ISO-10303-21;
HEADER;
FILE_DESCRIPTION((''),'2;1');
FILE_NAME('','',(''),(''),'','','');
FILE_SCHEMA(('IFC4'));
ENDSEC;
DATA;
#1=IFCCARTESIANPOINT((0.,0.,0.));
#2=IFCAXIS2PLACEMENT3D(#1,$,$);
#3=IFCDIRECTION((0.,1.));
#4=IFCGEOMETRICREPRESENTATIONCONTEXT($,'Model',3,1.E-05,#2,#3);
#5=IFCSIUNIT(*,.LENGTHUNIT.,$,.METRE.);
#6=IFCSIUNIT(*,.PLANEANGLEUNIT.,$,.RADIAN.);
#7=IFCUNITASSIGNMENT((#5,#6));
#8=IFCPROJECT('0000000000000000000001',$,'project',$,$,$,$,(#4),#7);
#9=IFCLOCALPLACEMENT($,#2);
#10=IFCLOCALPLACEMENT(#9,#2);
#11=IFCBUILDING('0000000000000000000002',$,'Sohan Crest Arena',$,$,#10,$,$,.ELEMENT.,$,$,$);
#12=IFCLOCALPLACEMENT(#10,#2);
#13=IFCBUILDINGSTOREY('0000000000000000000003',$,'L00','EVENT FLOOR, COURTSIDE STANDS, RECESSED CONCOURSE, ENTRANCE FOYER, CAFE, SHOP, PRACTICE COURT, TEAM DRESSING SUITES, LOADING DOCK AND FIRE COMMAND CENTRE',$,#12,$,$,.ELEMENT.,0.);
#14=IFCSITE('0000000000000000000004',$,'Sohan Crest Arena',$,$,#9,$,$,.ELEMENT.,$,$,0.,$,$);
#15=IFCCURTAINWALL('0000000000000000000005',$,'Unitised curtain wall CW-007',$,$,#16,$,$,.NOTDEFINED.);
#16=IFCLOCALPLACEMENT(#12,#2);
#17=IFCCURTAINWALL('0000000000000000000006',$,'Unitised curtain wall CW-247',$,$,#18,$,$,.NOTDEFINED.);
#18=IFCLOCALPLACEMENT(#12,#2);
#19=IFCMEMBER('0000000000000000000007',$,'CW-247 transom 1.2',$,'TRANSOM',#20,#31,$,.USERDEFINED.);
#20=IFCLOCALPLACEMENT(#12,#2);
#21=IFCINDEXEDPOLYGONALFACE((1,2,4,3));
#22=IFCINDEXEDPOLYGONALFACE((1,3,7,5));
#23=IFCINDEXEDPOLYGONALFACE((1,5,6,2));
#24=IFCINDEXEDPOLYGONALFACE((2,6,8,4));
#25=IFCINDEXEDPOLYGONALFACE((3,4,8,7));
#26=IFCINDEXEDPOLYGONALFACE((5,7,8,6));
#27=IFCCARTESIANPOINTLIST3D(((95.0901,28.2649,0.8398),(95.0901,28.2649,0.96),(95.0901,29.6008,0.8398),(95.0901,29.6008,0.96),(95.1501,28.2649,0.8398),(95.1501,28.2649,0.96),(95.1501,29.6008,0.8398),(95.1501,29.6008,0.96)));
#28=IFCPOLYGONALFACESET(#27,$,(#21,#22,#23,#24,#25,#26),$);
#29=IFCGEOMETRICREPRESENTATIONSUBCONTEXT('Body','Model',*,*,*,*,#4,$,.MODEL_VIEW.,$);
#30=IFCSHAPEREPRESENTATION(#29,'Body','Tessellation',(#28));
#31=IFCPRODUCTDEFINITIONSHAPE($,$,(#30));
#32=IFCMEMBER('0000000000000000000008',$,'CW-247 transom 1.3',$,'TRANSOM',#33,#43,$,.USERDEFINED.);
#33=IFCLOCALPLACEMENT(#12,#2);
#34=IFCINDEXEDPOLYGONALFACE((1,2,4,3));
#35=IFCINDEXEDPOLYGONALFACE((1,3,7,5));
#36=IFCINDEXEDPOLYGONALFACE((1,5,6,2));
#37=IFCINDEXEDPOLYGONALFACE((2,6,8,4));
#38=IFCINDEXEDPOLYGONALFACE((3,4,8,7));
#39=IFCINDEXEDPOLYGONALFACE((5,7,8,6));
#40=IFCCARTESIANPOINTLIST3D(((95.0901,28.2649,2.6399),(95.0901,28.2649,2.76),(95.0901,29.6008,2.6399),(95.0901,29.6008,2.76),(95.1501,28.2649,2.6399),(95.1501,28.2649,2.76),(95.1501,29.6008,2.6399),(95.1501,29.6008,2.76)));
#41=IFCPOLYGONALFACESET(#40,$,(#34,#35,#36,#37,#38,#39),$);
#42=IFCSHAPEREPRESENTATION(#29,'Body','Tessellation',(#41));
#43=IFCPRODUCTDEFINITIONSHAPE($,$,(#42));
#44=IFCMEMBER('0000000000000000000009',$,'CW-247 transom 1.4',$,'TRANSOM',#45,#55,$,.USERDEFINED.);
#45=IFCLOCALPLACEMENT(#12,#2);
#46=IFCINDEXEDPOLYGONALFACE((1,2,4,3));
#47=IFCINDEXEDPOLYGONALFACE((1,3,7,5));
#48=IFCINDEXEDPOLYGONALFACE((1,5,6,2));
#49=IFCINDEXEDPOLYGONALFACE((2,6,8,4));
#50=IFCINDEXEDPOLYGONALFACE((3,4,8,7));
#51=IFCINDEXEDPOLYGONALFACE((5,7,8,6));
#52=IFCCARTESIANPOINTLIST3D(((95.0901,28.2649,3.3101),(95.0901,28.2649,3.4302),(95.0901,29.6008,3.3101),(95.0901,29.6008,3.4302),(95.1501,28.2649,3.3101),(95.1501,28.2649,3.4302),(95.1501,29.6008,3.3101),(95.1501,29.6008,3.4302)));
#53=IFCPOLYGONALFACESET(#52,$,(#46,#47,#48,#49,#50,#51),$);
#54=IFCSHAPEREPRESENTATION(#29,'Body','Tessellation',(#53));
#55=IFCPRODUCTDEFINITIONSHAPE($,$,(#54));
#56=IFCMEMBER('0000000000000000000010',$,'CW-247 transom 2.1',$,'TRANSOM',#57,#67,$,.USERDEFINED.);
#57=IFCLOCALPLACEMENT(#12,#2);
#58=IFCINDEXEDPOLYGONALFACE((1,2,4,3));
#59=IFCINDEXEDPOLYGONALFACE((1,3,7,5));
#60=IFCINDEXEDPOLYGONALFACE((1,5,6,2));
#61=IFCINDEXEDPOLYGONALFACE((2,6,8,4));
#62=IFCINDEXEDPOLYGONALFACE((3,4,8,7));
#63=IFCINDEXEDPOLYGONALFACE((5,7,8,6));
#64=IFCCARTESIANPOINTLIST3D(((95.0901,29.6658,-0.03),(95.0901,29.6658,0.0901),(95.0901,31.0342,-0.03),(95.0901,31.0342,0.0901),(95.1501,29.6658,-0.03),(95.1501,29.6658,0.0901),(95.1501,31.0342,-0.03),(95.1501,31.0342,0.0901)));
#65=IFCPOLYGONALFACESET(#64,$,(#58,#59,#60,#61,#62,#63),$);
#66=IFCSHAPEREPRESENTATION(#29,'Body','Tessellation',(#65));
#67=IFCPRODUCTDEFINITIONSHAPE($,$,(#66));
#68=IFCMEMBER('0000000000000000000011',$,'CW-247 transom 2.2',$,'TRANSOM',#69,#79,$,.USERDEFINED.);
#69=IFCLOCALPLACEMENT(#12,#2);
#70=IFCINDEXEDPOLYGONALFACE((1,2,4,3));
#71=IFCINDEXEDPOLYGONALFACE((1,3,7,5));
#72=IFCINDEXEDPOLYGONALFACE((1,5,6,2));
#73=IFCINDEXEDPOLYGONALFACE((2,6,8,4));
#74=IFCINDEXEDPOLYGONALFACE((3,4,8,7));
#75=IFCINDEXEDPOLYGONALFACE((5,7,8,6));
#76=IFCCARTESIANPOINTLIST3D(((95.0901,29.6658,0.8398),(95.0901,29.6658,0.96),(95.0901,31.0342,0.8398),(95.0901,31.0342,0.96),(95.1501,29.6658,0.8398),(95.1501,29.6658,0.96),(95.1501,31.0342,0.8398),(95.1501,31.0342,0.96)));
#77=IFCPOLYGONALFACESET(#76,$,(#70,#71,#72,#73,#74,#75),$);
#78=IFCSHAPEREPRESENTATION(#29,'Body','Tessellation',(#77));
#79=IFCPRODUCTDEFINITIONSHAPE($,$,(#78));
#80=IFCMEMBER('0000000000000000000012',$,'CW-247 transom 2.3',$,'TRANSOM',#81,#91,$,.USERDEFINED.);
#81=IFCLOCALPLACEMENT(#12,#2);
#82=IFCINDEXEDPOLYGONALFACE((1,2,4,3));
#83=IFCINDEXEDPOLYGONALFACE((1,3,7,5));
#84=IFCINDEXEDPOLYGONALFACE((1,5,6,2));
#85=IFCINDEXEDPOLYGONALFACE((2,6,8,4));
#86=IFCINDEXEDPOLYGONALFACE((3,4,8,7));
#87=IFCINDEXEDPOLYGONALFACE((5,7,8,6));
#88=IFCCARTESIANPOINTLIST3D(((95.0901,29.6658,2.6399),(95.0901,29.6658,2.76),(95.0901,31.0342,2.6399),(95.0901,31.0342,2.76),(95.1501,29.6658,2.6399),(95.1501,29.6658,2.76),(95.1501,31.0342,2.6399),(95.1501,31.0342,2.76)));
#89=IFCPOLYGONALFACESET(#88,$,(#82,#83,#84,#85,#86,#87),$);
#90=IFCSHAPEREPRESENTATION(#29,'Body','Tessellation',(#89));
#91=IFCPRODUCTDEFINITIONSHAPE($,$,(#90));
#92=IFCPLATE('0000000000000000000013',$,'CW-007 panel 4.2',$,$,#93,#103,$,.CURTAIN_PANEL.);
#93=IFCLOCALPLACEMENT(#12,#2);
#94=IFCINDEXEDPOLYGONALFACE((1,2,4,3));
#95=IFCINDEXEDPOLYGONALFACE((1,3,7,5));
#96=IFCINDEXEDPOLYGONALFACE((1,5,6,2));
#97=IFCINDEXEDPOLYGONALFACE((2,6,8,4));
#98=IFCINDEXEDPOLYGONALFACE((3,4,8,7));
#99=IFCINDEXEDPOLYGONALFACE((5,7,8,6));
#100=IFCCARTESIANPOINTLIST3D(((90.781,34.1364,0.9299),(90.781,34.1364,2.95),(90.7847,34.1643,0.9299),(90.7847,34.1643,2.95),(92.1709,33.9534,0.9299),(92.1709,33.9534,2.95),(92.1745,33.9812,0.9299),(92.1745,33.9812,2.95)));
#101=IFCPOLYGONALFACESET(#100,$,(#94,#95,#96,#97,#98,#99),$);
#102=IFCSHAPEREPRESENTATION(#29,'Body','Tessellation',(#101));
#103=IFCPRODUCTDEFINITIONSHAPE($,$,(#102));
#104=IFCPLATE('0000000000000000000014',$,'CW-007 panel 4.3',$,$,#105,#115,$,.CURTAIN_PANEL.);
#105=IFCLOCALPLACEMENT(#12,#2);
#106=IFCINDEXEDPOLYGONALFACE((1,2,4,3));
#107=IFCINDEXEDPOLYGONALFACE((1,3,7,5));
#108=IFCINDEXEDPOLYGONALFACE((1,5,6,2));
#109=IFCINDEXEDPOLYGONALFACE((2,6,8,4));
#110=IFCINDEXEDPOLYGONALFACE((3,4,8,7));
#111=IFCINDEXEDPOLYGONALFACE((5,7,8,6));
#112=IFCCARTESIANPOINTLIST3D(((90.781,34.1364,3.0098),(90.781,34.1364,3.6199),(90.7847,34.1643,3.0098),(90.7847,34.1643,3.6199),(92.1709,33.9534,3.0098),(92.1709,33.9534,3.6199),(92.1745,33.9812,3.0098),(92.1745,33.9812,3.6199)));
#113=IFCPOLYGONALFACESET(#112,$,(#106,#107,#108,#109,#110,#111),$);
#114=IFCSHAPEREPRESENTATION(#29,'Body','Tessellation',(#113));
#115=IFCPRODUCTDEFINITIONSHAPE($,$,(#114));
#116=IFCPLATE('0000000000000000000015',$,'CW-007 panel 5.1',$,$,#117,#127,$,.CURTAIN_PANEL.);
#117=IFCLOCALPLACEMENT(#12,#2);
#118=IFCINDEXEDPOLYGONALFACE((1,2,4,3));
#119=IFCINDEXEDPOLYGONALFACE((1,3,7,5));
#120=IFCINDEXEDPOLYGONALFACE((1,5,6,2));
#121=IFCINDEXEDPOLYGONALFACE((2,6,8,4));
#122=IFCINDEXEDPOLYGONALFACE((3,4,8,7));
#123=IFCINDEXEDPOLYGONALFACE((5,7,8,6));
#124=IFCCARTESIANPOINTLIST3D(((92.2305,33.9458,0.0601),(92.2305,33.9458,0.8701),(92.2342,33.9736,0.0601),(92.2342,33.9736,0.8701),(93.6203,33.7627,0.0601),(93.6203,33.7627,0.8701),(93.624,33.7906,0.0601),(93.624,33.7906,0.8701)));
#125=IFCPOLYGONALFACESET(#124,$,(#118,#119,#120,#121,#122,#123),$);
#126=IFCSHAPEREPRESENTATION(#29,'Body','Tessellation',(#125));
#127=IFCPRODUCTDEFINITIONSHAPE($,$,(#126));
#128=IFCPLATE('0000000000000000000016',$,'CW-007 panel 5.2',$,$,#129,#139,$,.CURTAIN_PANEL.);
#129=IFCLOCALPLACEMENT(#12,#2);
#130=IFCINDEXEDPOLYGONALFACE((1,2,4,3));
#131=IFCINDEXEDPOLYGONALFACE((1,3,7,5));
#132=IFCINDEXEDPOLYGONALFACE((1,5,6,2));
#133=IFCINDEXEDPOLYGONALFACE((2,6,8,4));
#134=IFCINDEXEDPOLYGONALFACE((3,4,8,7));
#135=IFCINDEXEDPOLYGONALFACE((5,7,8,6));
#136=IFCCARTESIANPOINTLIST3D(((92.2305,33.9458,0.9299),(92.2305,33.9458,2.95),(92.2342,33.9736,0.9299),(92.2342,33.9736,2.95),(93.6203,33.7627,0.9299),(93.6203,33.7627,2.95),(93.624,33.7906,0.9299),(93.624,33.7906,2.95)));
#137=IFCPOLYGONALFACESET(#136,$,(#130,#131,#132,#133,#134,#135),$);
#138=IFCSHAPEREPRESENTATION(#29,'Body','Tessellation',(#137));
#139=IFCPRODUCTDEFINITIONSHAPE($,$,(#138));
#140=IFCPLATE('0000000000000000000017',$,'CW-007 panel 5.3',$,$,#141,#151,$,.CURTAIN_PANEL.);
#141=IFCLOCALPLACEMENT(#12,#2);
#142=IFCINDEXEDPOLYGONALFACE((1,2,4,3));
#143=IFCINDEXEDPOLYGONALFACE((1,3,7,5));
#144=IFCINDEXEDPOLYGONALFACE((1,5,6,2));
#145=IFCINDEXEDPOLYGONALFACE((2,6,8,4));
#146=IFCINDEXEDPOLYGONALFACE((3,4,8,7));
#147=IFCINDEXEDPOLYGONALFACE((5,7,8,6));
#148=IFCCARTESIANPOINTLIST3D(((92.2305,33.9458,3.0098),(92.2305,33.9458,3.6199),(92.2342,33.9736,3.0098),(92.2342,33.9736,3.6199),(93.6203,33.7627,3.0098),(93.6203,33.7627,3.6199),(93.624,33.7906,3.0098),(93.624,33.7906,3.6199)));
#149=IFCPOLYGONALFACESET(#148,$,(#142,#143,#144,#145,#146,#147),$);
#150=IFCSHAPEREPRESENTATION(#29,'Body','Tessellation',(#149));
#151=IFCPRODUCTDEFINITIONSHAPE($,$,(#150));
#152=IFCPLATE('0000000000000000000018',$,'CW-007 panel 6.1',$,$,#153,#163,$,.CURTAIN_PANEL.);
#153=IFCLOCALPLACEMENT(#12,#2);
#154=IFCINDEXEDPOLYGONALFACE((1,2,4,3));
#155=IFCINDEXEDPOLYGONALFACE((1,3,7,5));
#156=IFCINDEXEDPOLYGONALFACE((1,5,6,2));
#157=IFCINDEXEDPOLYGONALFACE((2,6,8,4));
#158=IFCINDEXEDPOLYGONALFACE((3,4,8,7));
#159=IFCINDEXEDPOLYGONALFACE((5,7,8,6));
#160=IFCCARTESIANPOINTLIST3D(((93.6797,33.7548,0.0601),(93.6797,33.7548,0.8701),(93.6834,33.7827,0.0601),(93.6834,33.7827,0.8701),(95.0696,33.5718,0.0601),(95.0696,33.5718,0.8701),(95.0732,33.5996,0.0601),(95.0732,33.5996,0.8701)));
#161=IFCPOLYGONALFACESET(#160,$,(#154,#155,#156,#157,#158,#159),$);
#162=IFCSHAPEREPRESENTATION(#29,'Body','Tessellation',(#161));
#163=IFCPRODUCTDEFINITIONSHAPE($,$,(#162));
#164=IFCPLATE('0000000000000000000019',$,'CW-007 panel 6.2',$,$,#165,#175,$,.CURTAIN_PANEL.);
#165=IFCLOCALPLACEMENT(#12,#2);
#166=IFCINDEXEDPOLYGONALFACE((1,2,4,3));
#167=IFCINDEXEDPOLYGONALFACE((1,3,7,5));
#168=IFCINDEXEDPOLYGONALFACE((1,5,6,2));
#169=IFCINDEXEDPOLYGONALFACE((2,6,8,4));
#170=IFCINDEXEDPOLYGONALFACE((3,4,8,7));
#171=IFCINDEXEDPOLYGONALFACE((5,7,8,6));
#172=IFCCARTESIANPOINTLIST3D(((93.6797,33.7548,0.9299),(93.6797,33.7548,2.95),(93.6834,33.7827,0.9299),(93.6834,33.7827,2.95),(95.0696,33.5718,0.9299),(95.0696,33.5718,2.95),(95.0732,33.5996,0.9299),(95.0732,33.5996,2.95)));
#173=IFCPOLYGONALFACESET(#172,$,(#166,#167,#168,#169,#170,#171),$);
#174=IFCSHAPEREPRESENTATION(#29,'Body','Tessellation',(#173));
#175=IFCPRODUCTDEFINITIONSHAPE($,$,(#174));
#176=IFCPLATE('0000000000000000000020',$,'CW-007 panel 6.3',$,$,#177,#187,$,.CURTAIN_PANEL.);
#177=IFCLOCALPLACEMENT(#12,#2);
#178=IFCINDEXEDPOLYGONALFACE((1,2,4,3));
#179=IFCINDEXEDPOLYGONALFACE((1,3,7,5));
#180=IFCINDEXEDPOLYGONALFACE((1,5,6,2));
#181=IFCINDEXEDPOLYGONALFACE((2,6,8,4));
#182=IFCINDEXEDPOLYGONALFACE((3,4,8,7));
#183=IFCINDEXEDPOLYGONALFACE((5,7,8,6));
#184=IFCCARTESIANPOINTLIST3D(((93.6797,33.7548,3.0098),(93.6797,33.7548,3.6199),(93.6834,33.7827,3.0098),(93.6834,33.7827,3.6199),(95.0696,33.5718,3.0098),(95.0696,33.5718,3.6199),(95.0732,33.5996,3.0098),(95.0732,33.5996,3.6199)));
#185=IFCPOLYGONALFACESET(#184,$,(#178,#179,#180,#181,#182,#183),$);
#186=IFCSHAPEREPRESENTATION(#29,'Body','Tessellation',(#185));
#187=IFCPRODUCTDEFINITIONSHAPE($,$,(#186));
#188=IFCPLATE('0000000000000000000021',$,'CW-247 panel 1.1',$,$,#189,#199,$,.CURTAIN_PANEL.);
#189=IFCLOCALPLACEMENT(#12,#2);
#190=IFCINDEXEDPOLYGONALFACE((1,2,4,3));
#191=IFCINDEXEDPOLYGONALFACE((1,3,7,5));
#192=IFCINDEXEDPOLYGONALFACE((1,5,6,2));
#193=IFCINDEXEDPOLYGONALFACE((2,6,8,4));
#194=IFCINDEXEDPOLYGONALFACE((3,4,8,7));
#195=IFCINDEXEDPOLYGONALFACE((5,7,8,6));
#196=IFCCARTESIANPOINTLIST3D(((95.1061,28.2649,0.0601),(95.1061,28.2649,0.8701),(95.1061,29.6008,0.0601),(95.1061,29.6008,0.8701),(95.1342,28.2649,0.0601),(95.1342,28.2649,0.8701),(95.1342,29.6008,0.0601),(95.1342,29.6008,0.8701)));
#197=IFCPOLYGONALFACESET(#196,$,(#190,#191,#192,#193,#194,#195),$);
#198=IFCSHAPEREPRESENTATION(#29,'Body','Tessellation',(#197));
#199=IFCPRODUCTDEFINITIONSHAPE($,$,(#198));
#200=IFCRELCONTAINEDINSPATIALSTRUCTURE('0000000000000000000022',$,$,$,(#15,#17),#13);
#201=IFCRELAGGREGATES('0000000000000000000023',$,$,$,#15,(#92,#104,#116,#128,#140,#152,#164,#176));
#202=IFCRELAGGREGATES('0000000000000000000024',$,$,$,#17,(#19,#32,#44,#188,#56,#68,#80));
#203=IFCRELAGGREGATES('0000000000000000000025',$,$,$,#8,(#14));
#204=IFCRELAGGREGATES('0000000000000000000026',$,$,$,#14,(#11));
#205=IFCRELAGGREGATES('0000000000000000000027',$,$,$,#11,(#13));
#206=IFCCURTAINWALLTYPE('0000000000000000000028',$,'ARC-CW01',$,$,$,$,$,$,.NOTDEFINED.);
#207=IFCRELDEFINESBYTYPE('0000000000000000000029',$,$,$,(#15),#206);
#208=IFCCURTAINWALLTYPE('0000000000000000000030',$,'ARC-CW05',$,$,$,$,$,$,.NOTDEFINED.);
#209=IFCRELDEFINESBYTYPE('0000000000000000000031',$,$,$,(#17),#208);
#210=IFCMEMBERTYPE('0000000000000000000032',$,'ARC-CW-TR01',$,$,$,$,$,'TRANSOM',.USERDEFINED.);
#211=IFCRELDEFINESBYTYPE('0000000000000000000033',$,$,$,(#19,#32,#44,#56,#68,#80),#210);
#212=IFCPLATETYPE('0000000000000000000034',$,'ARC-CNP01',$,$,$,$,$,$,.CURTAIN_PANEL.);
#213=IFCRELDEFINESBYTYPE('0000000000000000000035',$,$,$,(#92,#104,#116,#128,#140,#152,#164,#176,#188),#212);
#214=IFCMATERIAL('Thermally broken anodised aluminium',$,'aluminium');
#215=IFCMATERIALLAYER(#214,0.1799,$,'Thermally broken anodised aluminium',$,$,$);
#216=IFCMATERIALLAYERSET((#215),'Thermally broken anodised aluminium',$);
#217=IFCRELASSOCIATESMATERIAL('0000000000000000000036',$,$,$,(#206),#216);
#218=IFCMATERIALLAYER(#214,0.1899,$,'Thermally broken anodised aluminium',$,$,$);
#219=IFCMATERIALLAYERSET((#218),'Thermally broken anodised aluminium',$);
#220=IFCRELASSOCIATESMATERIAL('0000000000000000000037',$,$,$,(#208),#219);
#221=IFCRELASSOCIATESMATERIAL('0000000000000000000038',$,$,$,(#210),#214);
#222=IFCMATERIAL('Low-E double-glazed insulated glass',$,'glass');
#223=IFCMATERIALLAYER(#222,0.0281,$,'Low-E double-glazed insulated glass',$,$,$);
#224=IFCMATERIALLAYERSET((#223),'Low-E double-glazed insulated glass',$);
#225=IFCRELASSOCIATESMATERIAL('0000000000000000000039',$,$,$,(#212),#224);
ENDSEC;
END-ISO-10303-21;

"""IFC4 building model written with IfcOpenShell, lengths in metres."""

from ifc_helpers import new_model, si_unit, direction, frame, origin, origin_2d, place, context, subcontext, project, spatial, rectangle, extrude, material, layer, layer_set, material_profile, profile_set, type_object, element, aggregate, save


model = new_model("IFC4")

# Units and contexts
model_context = context("Model", 3, precision=1e-05, world=origin(), true_north=direction((0.0, 1.0)))
body_context = subcontext(model_context, "Body", "Model", "MODEL_VIEW")
ifc_project = project(units=[si_unit("LENGTHUNIT", "METRE"), si_unit("PLANEANGLEUNIT", "RADIAN")], contexts=[model_context])

# Site, building, storey
site_placement = place(None, origin())
site = spatial("IfcSite", under=ifc_project, at=site_placement, Name="Sohan Crest Arena", CompositionType="ELEMENT", RefElevation=0.0)
building_placement = place(site_placement, origin())
building = spatial("IfcBuilding", under=site, at=building_placement, Name="Sohan Crest Arena", CompositionType="ELEMENT")
storey_placement = place(building_placement, origin())
storey = spatial("IfcBuildingStorey", under=building, at=storey_placement, Name="L00", Description="EVENT FLOOR, COURTSIDE STANDS, RECESSED CONCOURSE, ENTRANCE FOYER, CAFE, SHOP, PRACTICE COURT, TEAM DRESSING SUITES, LOADING DOCK AND FIRE COMMAND CENTRE", CompositionType="ELEMENT", Elevation=0.0)

# Curtain walls
ifc_material_1 = material(Name="Thermally broken anodised aluminium", Category="aluminium")
ifc_layer_1 = layer(ifc_material_1, 0.1799, Name="Thermally broken anodised aluminium")
ifc_layer_set_1 = layer_set([ifc_layer_1], Name="Thermally broken anodised aluminium")
curtain_wall_type_1 = type_object("IfcCurtainWallType", Name="ARC-CW01", PredefinedType="NOTDEFINED", material=ifc_layer_set_1)
curtain_wall_1_placement = place(storey_placement, origin())
curtain_wall_1 = element("IfcCurtainWall", 1, at=curtain_wall_1_placement, inside=storey, type_object=curtain_wall_type_1, Name="Unitised curtain wall CW-007", PredefinedType="NOTDEFINED")
ifc_layer_2 = layer(ifc_material_1, 0.1899, Name="Thermally broken anodised aluminium")
ifc_layer_set_2 = layer_set([ifc_layer_2], Name="Thermally broken anodised aluminium")
curtain_wall_type_2 = type_object("IfcCurtainWallType", Name="ARC-CW05", PredefinedType="NOTDEFINED", material=ifc_layer_set_2)
curtain_wall_2_placement = place(storey_placement, origin())
curtain_wall_2 = element("IfcCurtainWall", 2, at=curtain_wall_2_placement, inside=storey, type_object=curtain_wall_type_2, Name="Unitised curtain wall CW-247", PredefinedType="NOTDEFINED")

# Members
ifc_material_profile_1 = material_profile(ifc_material_1, rectangle(XDim=0.0601, YDim=0.1201, at=origin_2d()), Name="ALU-TRAN 60x120")
ifc_profile_set_1 = profile_set([ifc_material_profile_1], Name="Thermally broken anodised aluminium")
member_type_1 = type_object("IfcMemberType", Name="ARC-CW-TR01", ElementType="TRANSOM", PredefinedType="USERDEFINED", material=ifc_profile_set_1)
member_1_placement = place(storey_placement, frame((95.1201, 28.2649, 0.8999), z_axis=(0.0, 1.0, 0.0), x_axis=(-1.0, 0.0, 0.0)))
member_1 = element("IfcMember", 3, at=member_1_placement, type_object=member_type_1, Name="CW-247 transom 1.2", ObjectType="TRANSOM", PredefinedType="USERDEFINED", context=body_context, shape_type="SweptSolid", body=[
    extrude(rectangle(XDim=0.0601, YDim=0.1201, at=origin_2d()), origin(), (0.0, 0.0, 1.0), 1.3359),
])
member_2_placement = place(storey_placement, frame((95.1201, 28.2649, 2.7), z_axis=(0.0, 1.0, 0.0), x_axis=(-1.0, 0.0, 0.0)))
member_2 = element("IfcMember", 4, at=member_2_placement, type_object=member_type_1, Name="CW-247 transom 1.3", ObjectType="TRANSOM", PredefinedType="USERDEFINED", context=body_context, shape_type="SweptSolid", body=[
    extrude(rectangle(XDim=0.0601, YDim=0.1201, at=origin_2d()), origin(), (0.0, 0.0, 1.0), 1.3359),
])
member_3_placement = place(storey_placement, frame((95.1201, 28.2649, 3.3701), z_axis=(0.0, 1.0, 0.0), x_axis=(-1.0, 0.0, 0.0)))
member_3 = element("IfcMember", 5, at=member_3_placement, type_object=member_type_1, Name="CW-247 transom 1.4", ObjectType="TRANSOM", PredefinedType="USERDEFINED", context=body_context, shape_type="SweptSolid", body=[
    extrude(rectangle(XDim=0.0601, YDim=0.1201, at=origin_2d()), origin(), (0.0, 0.0, 1.0), 1.3359),
])
member_4_placement = place(storey_placement, frame((95.1201, 29.6658, 0.03), z_axis=(0.0, 1.0, 0.0), x_axis=(-1.0, 0.0, 0.0)))
member_4 = element("IfcMember", 6, at=member_4_placement, type_object=member_type_1, Name="CW-247 transom 2.1", ObjectType="TRANSOM", PredefinedType="USERDEFINED", context=body_context, shape_type="SweptSolid", body=[
    extrude(rectangle(XDim=0.0601, YDim=0.1201, at=origin_2d()), origin(), (0.0, 0.0, 1.0), 1.3684),
])
member_5_placement = place(storey_placement, frame((95.1201, 29.6658, 0.8999), z_axis=(0.0, 1.0, 0.0), x_axis=(-1.0, 0.0, 0.0)))
member_5 = element("IfcMember", 7, at=member_5_placement, type_object=member_type_1, Name="CW-247 transom 2.2", ObjectType="TRANSOM", PredefinedType="USERDEFINED", context=body_context, shape_type="SweptSolid", body=[
    extrude(rectangle(XDim=0.0601, YDim=0.1201, at=origin_2d()), origin(), (0.0, 0.0, 1.0), 1.3684),
])
member_6_placement = place(storey_placement, frame((95.1201, 29.6658, 2.7), z_axis=(0.0, 1.0, 0.0), x_axis=(-1.0, 0.0, 0.0)))
member_6 = element("IfcMember", 8, at=member_6_placement, type_object=member_type_1, Name="CW-247 transom 2.3", ObjectType="TRANSOM", PredefinedType="USERDEFINED", context=body_context, shape_type="SweptSolid", body=[
    extrude(rectangle(XDim=0.0601, YDim=0.1201, at=origin_2d()), origin(), (0.0, 0.0, 1.0), 1.3684),
])

# Plates
ifc_material_2 = material(Name="Low-E double-glazed insulated glass", Category="glass")
ifc_layer_3 = layer(ifc_material_2, 0.0281, Name="Low-E double-glazed insulated glass")
ifc_layer_set_3 = layer_set([ifc_layer_3], Name="Low-E double-glazed insulated glass")
plate_type = type_object("IfcPlateType", Name="ARC-CNP01", PredefinedType="CURTAIN_PANEL", material=ifc_layer_set_3)
plate_1_placement = place(storey_placement, frame((91.4778, 34.0588, 0.9299), z_axis=(0.0, 0.0, 1.0), x_axis=(0.991439, -0.130567, 0.0)))
plate_1 = element("IfcPlate", 9, at=plate_1_placement, type_object=plate_type, Name="CW-007 panel 4.2", PredefinedType="CURTAIN_PANEL", context=body_context, shape_type="SweptSolid", body=[
    extrude(rectangle(XDim=1.4019, YDim=0.0281, at=origin_2d()), origin(), (0.0, 0.0, 1.0), 2.02),
])
plate_2_placement = place(storey_placement, frame((91.4778, 34.0588, 3.0098), z_axis=(0.0, 0.0, 1.0), x_axis=(0.991439, -0.130567, 0.0)))
plate_2 = element("IfcPlate", 10, at=plate_2_placement, type_object=plate_type, Name="CW-007 panel 4.3", PredefinedType="CURTAIN_PANEL", context=body_context, shape_type="SweptSolid", body=[
    extrude(rectangle(XDim=1.4019, YDim=0.0281, at=origin_2d()), origin(), (0.0, 0.0, 1.0), 0.6101),
])
plate_3_placement = place(storey_placement, frame((92.9272, 33.8682, 0.0601), z_axis=(0.0, 0.0, 1.0), x_axis=(0.991439, -0.130567, 0.0)))
plate_3 = element("IfcPlate", 11, at=plate_3_placement, type_object=plate_type, Name="CW-007 panel 5.1", PredefinedType="CURTAIN_PANEL", context=body_context, shape_type="SweptSolid", body=[
    extrude(rectangle(XDim=1.4019, YDim=0.0281, at=origin_2d()), origin(), (0.0, 0.0, 1.0), 0.8101),
])
plate_4_placement = place(storey_placement, frame((92.9272, 33.8682, 0.9299), z_axis=(0.0, 0.0, 1.0), x_axis=(0.991439, -0.130567, 0.0)))
plate_4 = element("IfcPlate", 12, at=plate_4_placement, type_object=plate_type, Name="CW-007 panel 5.2", PredefinedType="CURTAIN_PANEL", context=body_context, shape_type="SweptSolid", body=[
    extrude(rectangle(XDim=1.4019, YDim=0.0281, at=origin_2d()), origin(), (0.0, 0.0, 1.0), 2.02),
])
plate_5_placement = place(storey_placement, frame((92.9272, 33.8682, 3.0098), z_axis=(0.0, 0.0, 1.0), x_axis=(0.991439, -0.130567, 0.0)))
plate_5 = element("IfcPlate", 13, at=plate_5_placement, type_object=plate_type, Name="CW-007 panel 5.3", PredefinedType="CURTAIN_PANEL", context=body_context, shape_type="SweptSolid", body=[
    extrude(rectangle(XDim=1.4019, YDim=0.0281, at=origin_2d()), origin(), (0.0, 0.0, 1.0), 0.6101),
])
plate_6_placement = place(storey_placement, frame((94.3765, 33.6772, 0.0601), z_axis=(0.0, 0.0, 1.0), x_axis=(0.991439, -0.130567, 0.0)))
plate_6 = element("IfcPlate", 14, at=plate_6_placement, type_object=plate_type, Name="CW-007 panel 6.1", PredefinedType="CURTAIN_PANEL", context=body_context, shape_type="SweptSolid", body=[
    extrude(rectangle(XDim=1.4019, YDim=0.0281, at=origin_2d()), origin(), (0.0, 0.0, 1.0), 0.8101),
])
plate_7_placement = place(storey_placement, frame((94.3765, 33.6772, 0.9299), z_axis=(0.0, 0.0, 1.0), x_axis=(0.991439, -0.130567, 0.0)))
plate_7 = element("IfcPlate", 15, at=plate_7_placement, type_object=plate_type, Name="CW-007 panel 6.2", PredefinedType="CURTAIN_PANEL", context=body_context, shape_type="SweptSolid", body=[
    extrude(rectangle(XDim=1.4019, YDim=0.0281, at=origin_2d()), origin(), (0.0, 0.0, 1.0), 2.02),
])
plate_8_placement = place(storey_placement, frame((94.3765, 33.6772, 3.0098), z_axis=(0.0, 0.0, 1.0), x_axis=(0.991439, -0.130567, 0.0)))
plate_8 = element("IfcPlate", 16, at=plate_8_placement, type_object=plate_type, Name="CW-007 panel 6.3", PredefinedType="CURTAIN_PANEL", context=body_context, shape_type="SweptSolid", body=[
    extrude(rectangle(XDim=1.4019, YDim=0.0281, at=origin_2d()), origin(), (0.0, 0.0, 1.0), 0.6101),
])
aggregate(curtain_wall_1, [plate_1, plate_2, plate_3, plate_4, plate_5, plate_6, plate_7, plate_8])
plate_9_placement = place(storey_placement, frame((95.1201, 28.9329, 0.0601), z_axis=(0.0, 0.0, 1.0), x_axis=(0.0, 1.0, 0.0)))
plate_9 = element("IfcPlate", 17, at=plate_9_placement, type_object=plate_type, Name="CW-247 panel 1.1", PredefinedType="CURTAIN_PANEL", context=body_context, shape_type="SweptSolid", body=[
    extrude(rectangle(XDim=1.3359, YDim=0.0281, at=origin_2d()), origin(), (0.0, 0.0, 1.0), 0.8101),
])
aggregate(curtain_wall_2, [member_1, member_2, member_3, plate_9, member_4, member_5, member_6])

save(model, "model.ifc")
